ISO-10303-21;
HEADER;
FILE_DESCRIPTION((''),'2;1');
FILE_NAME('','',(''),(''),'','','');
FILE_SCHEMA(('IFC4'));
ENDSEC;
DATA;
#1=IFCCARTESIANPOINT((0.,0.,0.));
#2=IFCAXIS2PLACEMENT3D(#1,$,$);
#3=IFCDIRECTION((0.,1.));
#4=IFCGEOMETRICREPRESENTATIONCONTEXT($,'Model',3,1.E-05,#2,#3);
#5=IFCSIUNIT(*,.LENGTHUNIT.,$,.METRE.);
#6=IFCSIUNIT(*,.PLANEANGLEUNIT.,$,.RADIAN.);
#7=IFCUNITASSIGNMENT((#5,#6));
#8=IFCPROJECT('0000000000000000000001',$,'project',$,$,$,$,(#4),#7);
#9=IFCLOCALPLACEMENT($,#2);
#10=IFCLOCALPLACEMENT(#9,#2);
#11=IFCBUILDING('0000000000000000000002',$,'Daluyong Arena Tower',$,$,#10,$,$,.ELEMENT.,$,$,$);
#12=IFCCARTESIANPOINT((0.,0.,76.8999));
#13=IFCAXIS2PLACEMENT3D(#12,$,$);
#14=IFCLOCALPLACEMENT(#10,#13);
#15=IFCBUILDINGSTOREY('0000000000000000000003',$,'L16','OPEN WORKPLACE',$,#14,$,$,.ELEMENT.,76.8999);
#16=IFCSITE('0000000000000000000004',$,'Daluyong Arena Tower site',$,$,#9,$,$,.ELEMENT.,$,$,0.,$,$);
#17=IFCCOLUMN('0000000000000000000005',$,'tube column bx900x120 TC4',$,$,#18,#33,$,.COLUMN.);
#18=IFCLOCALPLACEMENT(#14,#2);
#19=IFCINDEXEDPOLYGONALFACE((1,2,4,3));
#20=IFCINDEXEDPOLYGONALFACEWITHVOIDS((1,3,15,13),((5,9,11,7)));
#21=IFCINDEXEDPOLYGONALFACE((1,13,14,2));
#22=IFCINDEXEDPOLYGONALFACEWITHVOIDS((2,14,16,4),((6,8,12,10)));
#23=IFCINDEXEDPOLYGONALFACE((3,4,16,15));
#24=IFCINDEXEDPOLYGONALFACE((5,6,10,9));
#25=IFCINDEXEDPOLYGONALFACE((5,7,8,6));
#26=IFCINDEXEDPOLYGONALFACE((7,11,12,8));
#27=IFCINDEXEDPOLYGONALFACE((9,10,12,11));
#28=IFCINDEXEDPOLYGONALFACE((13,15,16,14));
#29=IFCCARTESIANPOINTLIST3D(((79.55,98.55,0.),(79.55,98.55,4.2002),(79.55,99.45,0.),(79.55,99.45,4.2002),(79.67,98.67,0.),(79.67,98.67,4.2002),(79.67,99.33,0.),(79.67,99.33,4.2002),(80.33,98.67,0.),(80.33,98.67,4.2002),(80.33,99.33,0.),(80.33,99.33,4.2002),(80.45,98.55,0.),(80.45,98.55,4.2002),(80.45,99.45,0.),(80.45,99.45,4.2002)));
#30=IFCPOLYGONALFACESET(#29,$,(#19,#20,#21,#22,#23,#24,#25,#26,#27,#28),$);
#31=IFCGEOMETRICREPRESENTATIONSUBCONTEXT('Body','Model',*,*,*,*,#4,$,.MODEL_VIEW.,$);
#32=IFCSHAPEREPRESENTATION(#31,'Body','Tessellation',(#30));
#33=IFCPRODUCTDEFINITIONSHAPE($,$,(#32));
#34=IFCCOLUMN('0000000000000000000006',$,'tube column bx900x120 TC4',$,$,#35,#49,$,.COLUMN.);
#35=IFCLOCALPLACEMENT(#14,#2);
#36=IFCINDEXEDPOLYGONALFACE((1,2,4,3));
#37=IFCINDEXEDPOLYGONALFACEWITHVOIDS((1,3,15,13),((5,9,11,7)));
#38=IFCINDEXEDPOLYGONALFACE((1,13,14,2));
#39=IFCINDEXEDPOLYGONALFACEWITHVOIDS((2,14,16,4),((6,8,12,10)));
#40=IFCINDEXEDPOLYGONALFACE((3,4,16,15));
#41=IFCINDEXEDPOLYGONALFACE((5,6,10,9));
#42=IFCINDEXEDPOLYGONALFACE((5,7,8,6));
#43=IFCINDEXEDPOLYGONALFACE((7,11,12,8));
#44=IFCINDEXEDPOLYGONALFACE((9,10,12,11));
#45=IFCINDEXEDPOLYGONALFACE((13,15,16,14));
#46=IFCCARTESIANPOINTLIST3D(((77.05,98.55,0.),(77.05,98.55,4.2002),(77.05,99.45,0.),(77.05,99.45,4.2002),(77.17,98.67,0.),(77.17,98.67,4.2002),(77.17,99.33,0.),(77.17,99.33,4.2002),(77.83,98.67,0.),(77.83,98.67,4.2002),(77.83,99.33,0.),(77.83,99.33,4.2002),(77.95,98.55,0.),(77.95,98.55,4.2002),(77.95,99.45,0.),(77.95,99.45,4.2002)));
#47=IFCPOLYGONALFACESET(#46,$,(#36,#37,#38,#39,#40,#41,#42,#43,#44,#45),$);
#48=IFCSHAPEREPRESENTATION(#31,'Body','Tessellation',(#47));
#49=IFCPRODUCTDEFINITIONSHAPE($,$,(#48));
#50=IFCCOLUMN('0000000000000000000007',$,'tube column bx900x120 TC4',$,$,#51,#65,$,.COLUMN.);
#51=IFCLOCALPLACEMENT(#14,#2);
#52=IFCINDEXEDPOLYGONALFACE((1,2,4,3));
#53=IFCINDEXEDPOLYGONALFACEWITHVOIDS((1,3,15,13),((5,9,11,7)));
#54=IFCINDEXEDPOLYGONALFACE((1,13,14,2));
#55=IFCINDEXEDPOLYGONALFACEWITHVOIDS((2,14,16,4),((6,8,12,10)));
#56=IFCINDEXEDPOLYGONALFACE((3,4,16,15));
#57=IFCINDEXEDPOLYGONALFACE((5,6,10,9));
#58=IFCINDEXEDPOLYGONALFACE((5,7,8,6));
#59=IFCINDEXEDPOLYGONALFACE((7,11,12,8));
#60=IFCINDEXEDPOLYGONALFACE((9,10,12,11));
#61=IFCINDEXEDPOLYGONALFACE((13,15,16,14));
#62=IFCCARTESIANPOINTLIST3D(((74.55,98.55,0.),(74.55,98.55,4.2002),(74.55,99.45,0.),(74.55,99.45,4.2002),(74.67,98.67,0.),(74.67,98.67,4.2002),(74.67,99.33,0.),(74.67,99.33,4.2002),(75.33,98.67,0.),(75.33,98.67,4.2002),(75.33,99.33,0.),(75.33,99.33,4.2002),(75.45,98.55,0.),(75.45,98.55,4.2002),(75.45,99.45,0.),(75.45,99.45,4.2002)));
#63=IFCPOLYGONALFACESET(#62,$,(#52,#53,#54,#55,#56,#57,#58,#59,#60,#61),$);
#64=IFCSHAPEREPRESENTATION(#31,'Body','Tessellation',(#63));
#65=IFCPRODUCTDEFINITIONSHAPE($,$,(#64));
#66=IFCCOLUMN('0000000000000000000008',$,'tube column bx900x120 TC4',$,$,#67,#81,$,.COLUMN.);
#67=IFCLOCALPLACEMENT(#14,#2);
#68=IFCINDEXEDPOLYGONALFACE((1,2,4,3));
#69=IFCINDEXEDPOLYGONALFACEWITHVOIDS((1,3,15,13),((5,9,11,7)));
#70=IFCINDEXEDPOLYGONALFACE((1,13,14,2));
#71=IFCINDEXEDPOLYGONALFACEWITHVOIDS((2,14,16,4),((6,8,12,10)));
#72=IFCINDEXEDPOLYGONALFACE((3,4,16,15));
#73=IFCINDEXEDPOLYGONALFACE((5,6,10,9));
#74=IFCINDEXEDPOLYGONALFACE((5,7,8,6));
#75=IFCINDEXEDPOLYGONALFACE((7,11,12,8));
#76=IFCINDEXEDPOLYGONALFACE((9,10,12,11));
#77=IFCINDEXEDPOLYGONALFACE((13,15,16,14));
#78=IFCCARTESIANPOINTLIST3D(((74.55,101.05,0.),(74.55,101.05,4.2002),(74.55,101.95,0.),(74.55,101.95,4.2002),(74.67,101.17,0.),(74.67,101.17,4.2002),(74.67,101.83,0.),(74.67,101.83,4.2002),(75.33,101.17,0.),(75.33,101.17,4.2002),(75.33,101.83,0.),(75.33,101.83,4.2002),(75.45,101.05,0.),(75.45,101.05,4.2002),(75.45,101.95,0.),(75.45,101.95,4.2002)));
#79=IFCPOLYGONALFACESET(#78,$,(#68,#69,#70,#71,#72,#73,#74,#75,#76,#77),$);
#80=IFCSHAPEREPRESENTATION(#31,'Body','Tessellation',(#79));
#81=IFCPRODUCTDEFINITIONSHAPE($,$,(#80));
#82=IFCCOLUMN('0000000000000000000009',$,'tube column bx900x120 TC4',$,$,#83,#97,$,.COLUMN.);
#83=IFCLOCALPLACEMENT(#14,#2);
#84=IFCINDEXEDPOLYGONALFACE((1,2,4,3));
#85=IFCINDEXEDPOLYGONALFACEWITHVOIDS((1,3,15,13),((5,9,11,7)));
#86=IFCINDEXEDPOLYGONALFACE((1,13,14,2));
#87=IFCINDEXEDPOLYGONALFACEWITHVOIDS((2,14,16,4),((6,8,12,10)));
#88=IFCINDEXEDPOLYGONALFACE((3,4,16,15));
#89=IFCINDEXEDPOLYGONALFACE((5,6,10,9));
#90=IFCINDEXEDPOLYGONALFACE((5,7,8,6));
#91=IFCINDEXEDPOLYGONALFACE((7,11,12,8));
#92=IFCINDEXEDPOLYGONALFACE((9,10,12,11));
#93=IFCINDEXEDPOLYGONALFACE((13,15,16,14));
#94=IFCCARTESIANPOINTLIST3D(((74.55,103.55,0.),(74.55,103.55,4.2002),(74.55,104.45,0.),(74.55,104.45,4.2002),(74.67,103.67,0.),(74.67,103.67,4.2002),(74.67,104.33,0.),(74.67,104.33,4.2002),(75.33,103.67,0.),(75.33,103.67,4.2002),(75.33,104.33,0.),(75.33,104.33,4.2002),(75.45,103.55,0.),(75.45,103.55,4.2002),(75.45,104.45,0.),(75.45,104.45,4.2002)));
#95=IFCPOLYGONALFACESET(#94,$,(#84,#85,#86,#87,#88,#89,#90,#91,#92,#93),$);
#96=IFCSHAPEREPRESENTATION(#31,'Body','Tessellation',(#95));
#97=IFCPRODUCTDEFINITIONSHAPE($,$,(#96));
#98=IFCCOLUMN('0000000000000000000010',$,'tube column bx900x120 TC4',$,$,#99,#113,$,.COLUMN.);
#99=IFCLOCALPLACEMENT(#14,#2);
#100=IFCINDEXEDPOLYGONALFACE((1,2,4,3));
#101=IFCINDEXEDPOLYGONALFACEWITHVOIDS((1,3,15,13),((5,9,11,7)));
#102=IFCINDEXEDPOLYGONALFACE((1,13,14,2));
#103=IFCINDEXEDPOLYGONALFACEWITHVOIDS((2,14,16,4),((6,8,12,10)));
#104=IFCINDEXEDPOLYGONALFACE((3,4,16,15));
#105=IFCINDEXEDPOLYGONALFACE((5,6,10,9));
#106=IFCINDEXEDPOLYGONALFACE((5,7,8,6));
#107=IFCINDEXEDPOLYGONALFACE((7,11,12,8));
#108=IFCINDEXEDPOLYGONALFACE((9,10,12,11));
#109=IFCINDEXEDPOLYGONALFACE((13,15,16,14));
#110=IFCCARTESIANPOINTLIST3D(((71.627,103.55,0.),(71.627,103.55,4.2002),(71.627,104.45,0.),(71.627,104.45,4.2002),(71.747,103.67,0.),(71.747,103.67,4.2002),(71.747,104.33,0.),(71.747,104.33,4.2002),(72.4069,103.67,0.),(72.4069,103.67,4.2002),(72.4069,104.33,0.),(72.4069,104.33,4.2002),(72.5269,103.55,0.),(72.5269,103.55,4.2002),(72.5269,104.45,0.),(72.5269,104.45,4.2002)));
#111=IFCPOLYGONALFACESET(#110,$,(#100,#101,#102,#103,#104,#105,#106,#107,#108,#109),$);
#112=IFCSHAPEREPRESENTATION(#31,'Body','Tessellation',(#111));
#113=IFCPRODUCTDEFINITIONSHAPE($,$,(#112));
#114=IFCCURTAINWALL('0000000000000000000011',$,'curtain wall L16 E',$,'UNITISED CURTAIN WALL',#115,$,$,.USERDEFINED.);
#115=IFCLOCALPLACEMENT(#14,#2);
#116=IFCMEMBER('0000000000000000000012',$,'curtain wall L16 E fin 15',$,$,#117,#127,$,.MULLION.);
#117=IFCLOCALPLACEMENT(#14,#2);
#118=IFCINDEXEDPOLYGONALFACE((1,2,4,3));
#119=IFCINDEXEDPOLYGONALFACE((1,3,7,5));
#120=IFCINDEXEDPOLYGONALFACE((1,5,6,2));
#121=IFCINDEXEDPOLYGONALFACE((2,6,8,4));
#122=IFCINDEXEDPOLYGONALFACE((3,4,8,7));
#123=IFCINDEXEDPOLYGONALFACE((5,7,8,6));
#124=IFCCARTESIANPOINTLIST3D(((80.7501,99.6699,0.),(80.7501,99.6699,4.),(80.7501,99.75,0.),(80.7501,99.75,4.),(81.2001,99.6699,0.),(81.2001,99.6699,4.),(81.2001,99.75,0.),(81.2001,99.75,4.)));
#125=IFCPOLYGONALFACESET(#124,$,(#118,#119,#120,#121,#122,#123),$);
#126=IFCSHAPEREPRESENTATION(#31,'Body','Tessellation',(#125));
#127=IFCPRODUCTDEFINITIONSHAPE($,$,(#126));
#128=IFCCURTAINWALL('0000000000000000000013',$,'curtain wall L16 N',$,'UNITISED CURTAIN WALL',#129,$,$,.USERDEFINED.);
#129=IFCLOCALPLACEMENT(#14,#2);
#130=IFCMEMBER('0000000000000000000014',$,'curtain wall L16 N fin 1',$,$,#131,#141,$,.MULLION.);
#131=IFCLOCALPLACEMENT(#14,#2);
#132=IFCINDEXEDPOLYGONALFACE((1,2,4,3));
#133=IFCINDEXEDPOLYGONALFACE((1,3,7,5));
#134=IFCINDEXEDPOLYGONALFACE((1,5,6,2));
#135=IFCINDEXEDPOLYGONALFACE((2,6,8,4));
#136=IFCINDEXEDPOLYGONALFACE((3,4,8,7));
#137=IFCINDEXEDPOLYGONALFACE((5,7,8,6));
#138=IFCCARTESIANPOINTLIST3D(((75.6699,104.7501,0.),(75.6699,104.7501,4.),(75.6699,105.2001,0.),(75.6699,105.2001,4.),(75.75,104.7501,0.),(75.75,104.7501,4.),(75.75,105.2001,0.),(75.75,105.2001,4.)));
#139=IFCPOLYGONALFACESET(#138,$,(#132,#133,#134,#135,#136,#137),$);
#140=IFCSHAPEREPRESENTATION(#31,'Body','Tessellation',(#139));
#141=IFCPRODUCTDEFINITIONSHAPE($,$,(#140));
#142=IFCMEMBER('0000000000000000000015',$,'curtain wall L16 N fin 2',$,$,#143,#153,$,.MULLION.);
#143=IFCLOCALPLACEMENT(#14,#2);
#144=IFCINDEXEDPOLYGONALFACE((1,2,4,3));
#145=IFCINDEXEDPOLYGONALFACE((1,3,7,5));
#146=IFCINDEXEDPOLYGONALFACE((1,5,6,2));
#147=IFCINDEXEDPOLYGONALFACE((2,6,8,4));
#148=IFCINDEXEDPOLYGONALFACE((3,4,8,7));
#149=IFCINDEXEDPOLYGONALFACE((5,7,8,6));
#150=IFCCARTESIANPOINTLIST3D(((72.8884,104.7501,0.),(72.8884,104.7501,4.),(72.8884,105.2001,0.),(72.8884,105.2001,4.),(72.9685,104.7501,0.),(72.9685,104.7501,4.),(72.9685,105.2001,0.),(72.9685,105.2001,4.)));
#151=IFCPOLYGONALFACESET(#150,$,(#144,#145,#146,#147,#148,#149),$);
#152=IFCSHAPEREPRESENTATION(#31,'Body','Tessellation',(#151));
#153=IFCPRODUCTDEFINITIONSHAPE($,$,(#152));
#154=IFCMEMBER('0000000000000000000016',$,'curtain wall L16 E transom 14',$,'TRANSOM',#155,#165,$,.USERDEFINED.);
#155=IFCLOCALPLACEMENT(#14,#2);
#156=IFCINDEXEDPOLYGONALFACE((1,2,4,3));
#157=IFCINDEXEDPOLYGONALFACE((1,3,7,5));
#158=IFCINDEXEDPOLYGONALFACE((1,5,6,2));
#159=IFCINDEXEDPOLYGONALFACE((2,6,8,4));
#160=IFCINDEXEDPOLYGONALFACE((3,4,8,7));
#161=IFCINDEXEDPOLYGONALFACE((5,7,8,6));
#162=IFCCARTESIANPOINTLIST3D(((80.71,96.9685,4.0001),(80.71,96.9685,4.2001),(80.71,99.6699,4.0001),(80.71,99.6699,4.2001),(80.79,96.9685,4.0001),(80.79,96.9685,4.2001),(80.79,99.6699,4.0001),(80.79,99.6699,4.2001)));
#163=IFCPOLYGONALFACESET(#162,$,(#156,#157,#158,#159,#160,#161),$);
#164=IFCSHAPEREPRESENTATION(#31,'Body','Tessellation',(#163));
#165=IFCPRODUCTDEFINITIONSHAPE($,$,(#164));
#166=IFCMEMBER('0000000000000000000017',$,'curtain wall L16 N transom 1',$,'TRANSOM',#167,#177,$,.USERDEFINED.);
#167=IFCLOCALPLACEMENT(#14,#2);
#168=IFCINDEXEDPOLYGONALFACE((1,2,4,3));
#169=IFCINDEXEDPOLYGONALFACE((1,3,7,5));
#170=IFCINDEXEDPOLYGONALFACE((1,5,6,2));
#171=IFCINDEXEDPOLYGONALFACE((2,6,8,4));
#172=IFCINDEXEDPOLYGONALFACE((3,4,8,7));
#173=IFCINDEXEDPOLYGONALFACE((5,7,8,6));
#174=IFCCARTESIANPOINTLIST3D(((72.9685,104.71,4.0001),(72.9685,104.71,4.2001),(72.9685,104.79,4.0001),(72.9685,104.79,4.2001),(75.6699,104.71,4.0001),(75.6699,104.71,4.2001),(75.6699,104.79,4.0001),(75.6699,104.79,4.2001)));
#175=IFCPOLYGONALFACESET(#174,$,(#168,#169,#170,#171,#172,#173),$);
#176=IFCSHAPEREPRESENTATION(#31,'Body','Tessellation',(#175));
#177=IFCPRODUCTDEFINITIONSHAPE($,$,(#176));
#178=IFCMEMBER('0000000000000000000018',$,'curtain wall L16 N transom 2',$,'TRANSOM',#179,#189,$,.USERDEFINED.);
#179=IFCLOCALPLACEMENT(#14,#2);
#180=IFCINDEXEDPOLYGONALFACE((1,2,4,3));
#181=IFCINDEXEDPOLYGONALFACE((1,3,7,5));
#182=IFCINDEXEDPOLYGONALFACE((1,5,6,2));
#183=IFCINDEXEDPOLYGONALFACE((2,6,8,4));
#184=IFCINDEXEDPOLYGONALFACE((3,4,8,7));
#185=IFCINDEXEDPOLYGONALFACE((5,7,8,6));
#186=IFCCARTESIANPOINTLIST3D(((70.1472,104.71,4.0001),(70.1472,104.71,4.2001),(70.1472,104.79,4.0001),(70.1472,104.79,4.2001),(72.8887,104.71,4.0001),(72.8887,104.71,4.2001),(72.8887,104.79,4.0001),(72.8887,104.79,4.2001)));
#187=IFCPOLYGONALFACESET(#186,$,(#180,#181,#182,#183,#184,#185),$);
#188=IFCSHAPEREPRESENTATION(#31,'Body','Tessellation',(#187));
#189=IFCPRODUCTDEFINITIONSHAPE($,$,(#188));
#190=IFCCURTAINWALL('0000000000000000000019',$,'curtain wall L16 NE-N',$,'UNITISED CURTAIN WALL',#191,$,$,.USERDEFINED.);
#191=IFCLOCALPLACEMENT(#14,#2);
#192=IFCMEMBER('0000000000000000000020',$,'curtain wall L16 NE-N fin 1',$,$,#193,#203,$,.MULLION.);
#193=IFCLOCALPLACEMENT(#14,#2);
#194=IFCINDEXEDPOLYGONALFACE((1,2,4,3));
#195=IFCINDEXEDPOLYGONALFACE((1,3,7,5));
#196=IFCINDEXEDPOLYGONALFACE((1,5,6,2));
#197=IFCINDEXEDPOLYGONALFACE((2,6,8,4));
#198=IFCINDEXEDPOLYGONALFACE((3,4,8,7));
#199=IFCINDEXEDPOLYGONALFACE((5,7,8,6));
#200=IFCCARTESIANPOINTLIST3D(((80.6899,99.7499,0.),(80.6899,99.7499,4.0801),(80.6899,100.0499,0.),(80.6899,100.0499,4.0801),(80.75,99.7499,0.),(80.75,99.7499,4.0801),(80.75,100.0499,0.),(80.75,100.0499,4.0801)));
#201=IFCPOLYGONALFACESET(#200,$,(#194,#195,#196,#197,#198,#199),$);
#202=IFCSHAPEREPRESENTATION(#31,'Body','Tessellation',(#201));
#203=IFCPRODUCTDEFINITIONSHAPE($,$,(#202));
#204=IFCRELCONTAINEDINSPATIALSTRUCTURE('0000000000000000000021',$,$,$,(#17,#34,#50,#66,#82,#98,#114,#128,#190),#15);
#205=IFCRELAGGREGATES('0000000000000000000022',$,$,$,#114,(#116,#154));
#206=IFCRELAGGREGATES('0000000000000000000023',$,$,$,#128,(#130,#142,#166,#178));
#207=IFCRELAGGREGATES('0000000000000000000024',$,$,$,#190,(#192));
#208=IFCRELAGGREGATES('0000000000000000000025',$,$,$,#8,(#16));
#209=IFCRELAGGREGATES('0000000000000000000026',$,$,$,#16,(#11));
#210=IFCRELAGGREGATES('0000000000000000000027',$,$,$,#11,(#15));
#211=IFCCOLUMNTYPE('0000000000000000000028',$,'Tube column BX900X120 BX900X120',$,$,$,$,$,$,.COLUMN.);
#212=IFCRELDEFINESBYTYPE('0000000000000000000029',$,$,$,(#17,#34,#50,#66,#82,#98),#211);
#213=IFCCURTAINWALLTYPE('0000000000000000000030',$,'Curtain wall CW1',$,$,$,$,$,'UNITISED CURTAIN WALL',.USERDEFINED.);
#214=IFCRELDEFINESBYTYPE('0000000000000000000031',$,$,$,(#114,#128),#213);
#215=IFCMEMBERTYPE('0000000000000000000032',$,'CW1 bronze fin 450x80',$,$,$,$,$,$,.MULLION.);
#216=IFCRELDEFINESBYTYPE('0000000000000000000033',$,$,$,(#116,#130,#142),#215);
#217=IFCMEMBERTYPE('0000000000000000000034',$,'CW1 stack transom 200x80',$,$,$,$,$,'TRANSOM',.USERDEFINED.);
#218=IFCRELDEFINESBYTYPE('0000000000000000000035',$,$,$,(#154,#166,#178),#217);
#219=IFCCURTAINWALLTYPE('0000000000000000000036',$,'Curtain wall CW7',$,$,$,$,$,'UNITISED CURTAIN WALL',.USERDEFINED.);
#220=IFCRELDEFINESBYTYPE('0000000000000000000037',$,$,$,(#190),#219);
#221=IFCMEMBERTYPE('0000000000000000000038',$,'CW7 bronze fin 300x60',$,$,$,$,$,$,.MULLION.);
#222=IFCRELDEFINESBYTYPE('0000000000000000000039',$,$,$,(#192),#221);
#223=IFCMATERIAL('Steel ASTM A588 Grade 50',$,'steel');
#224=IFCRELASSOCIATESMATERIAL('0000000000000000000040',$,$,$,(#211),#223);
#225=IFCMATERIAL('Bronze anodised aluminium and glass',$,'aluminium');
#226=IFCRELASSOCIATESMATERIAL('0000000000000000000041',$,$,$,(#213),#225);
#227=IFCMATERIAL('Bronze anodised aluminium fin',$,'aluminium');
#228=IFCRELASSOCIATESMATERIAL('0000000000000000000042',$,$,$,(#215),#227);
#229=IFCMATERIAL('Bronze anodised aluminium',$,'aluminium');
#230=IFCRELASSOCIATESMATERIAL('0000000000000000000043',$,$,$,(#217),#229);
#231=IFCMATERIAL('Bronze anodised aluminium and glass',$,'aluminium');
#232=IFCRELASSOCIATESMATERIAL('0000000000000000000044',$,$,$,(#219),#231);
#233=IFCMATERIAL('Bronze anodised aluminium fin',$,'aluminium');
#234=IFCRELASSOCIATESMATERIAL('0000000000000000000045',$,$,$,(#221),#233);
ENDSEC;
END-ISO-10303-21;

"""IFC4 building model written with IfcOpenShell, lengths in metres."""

from ifc_helpers import new_model, si_unit, direction, frame, origin, origin_2d, place, context, subcontext, project, spatial, rectangle, hollow_rectangle, extrude, material, material_profile, profile_set, type_object, element, aggregate, save


model = new_model("IFC4")

# Units and contexts
model_context = context("Model", 3, precision=1e-05, world=origin(), true_north=direction((0.0, 1.0)))
body_context = subcontext(model_context, "Body", "Model", "MODEL_VIEW")
ifc_project = project(units=[si_unit("LENGTHUNIT", "METRE"), si_unit("PLANEANGLEUNIT", "RADIAN")], contexts=[model_context])

# Site, building, storey
site_placement = place(None, origin())
site = spatial("IfcSite", under=ifc_project, at=site_placement, Name="Daluyong Arena Tower site", CompositionType="ELEMENT", RefElevation=0.0)
building_placement = place(site_placement, origin())
building = spatial("IfcBuilding", under=site, at=building_placement, Name="Daluyong Arena Tower", CompositionType="ELEMENT")
storey_placement = place(building_placement, frame((0.0, 0.0, 76.8999)))
storey = spatial("IfcBuildingStorey", under=building, at=storey_placement, Name="L16", Description="OPEN WORKPLACE", CompositionType="ELEMENT", Elevation=76.8999)

# Columns
ifc_material_1 = material(Name="Steel ASTM A588 Grade 50", Category="steel")
ifc_material_profile_1 = material_profile(ifc_material_1, hollow_rectangle(XDim=0.8999, YDim=0.8999, WallThickness=0.12, at=origin_2d()))
ifc_profile_set_1 = profile_set([ifc_material_profile_1], Name="Steel ASTM A588 Grade 50")
column_type = type_object("IfcColumnType", Name="Tube column BX900X120 BX900X120", PredefinedType="COLUMN", material=ifc_profile_set_1)
for number, where, z_axis, x_axis, name in (
    (1, (80.0, 99.0, 0.0), (0.0, 0.0, 1.0), (1.0, 0.0, 0.0), "tube column bx900x120 TC4"),
    (2, (77.5, 99.0, 0.0), (0.0, 0.0, 1.0), (1.0, 0.0, 0.0), "tube column bx900x120 TC4"),
    (3, (75.0, 99.0, 0.0), (0.0, 0.0, 1.0), (0.0, 1.0, 0.0), "tube column bx900x120 TC4"),
    (4, (75.0, 101.5, 0.0), (0.0, 0.0, 1.0), (0.0, 1.0, 0.0), "tube column bx900x120 TC4"),
    (5, (75.0, 104.0, 0.0), (0.0, 0.0, 1.0), (1.0, 0.0, 0.0), "tube column bx900x120 TC4"),
    (6, (72.0769, 104.0, 0.0), (0.0, 0.0, 1.0), (1.0, 0.0, 0.0), "tube column bx900x120 TC4"),
):
    element("IfcColumn", number, at=place(storey_placement, frame(where, z_axis=z_axis, x_axis=x_axis)), inside=storey, type_object=column_type, Name=name, PredefinedType="COLUMN", context=body_context, shape_type="SweptSolid", body=[
        extrude(hollow_rectangle(XDim=0.8999, YDim=0.8999, WallThickness=0.12, at=origin_2d()), origin(), (0.0, 0.0, 1.0), 4.2002),
    ])

# Curtain wall, member
ifc_material_2 = material(Name="Bronze anodised aluminium and glass", Category="aluminium")
curtain_wall_type_1 = type_object("IfcCurtainWallType", Name="Curtain wall CW1", ElementType="UNITISED CURTAIN WALL", PredefinedType="USERDEFINED", material=ifc_material_2)
curtain_wall_1_placement = place(storey_placement, origin())
curtain_wall_1 = element("IfcCurtainWall", 7, at=curtain_wall_1_placement, inside=storey, type_object=curtain_wall_type_1, Name="curtain wall L16 E", ObjectType="UNITISED CURTAIN WALL", PredefinedType="USERDEFINED")
ifc_material_3 = material(Name="Bronze anodised aluminium fin", Category="aluminium")
ifc_material_profile_2 = material_profile(ifc_material_3, rectangle(XDim=0.45, YDim=0.0801, at=origin_2d()))
ifc_profile_set_2 = profile_set([ifc_material_profile_2], Name="Bronze anodised aluminium fin")
member_type_1 = type_object("IfcMemberType", Name="CW1 bronze fin 450x80", PredefinedType="MULLION", material=ifc_profile_set_2)
member_1_placement = place(storey_placement, frame((80.9751, 99.71, 0.0), z_axis=(0.0, 0.0, 1.0), x_axis=(-1.0, 0.0, 0.0)))
member_1 = element("IfcMember", 8, at=member_1_placement, type_object=member_type_1, Name="curtain wall L16 E fin 15", PredefinedType="MULLION", context=body_context, shape_type="SweptSolid", body=[
    extrude(rectangle(XDim=0.45, YDim=0.0801, at=origin_2d()), origin(), (0.0, 0.0, 1.0), 4.0),
])

# Curtain wall, members
curtain_wall_2_placement = place(storey_placement, origin())
curtain_wall_2 = element("IfcCurtainWall", 9, at=curtain_wall_2_placement, inside=storey, type_object=curtain_wall_type_1, Name="curtain wall L16 N", ObjectType="UNITISED CURTAIN WALL", PredefinedType="USERDEFINED")
member_2_placement = place(storey_placement, frame((75.71, 104.9751, 0.0), z_axis=(0.0, 0.0, 1.0), x_axis=(0.0, -1.0, 0.0)))
member_2 = element("IfcMember", 10, at=member_2_placement, type_object=member_type_1, Name="curtain wall L16 N fin 1", PredefinedType="MULLION", context=body_context, shape_type="SweptSolid", body=[
    extrude(rectangle(XDim=0.45, YDim=0.0801, at=origin_2d()), origin(), (0.0, 0.0, 1.0), 4.0),
])
member_3_placement = place(storey_placement, frame((72.9285, 104.9751, 0.0), z_axis=(0.0, 0.0, 1.0), x_axis=(0.0, -1.0, 0.0)))
member_3 = element("IfcMember", 11, at=member_3_placement, type_object=member_type_1, Name="curtain wall L16 N fin 2", PredefinedType="MULLION", context=body_context, shape_type="SweptSolid", body=[
    extrude(rectangle(XDim=0.45, YDim=0.0801, at=origin_2d()), origin(), (0.0, 0.0, 1.0), 4.0),
])

# Members
ifc_material_4 = material(Name="Bronze anodised aluminium", Category="aluminium")
ifc_material_profile_3 = material_profile(ifc_material_4, rectangle(XDim=0.0801, YDim=0.2, at=origin_2d()))
ifc_profile_set_3 = profile_set([ifc_material_profile_3], Name="Bronze anodised aluminium")
member_type_2 = type_object("IfcMemberType", Name="CW1 stack transom 200x80", ElementType="TRANSOM", PredefinedType="USERDEFINED", material=ifc_profile_set_3)
member_4_placement = place(storey_placement, frame((80.75, 96.9685, 4.1001), z_axis=(0.0, 1.0, 0.0), x_axis=(-1.0, 0.0, 0.0)))
member_4 = element("IfcMember", 12, at=member_4_placement, type_object=member_type_2, Name="curtain wall L16 E transom 14", ObjectType="TRANSOM", PredefinedType="USERDEFINED", context=body_context, shape_type="SweptSolid", body=[
    extrude(rectangle(XDim=0.0801, YDim=0.2, at=origin_2d()), origin(), (0.0, 0.0, 1.0), 2.7014),
])
member_5_placement = place(storey_placement, frame((75.6699, 104.75, 4.1001), z_axis=(-1.0, 0.0, 0.0), x_axis=(0.0, -1.0, 0.0)))
member_5 = element("IfcMember", 13, at=member_5_placement, type_object=member_type_2, Name="curtain wall L16 N transom 1", ObjectType="TRANSOM", PredefinedType="USERDEFINED", context=body_context, shape_type="SweptSolid", body=[
    extrude(rectangle(XDim=0.0801, YDim=0.2, at=origin_2d()), origin(), (0.0, 0.0, 1.0), 2.7014),
])
member_6_placement = place(storey_placement, frame((72.8887, 104.75, 4.1001), z_axis=(-1.0, 0.0, 0.0), x_axis=(0.0, -1.0, 0.0)))
member_6 = element("IfcMember", 14, at=member_6_placement, type_object=member_type_2, Name="curtain wall L16 N transom 2", ObjectType="TRANSOM", PredefinedType="USERDEFINED", context=body_context, shape_type="SweptSolid", body=[
    extrude(rectangle(XDim=0.0801, YDim=0.2, at=origin_2d()), origin(), (0.0, 0.0, 1.0), 2.7415),
])

# Curtain wall, member
ifc_material_5 = material(Name="Bronze anodised aluminium and glass", Category="aluminium")
curtain_wall_type_2 = type_object("IfcCurtainWallType", Name="Curtain wall CW7", ElementType="UNITISED CURTAIN WALL", PredefinedType="USERDEFINED", material=ifc_material_5)
curtain_wall_3_placement = place(storey_placement, origin())
curtain_wall_3 = element("IfcCurtainWall", 15, at=curtain_wall_3_placement, inside=storey, type_object=curtain_wall_type_2, Name="curtain wall L16 NE-N", ObjectType="UNITISED CURTAIN WALL", PredefinedType="USERDEFINED")
ifc_material_6 = material(Name="Bronze anodised aluminium fin", Category="aluminium")
ifc_material_profile_4 = material_profile(ifc_material_6, rectangle(XDim=0.3, YDim=0.0601, at=origin_2d()))
ifc_profile_set_4 = profile_set([ifc_material_profile_4], Name="Bronze anodised aluminium fin")
member_type_3 = type_object("IfcMemberType", Name="CW7 bronze fin 300x60", PredefinedType="MULLION", material=ifc_profile_set_4)
member_7_placement = place(storey_placement, frame((80.72, 99.8999, 0.0), z_axis=(0.0, 0.0, 1.0), x_axis=(0.0, -1.0, 0.0)))
member_7 = element("IfcMember", 16, at=member_7_placement, type_object=member_type_3, Name="curtain wall L16 NE-N fin 1", PredefinedType="MULLION", context=body_context, shape_type="SweptSolid", body=[
    extrude(rectangle(XDim=0.3, YDim=0.0601, at=origin_2d()), origin(), (0.0, 0.0, 1.0), 4.0801),
])

aggregate(curtain_wall_1, [member_1, member_4])
aggregate(curtain_wall_2, [member_2, member_3, member_5, member_6])
aggregate(curtain_wall_3, [member_7])

save(model, "model.ifc")
